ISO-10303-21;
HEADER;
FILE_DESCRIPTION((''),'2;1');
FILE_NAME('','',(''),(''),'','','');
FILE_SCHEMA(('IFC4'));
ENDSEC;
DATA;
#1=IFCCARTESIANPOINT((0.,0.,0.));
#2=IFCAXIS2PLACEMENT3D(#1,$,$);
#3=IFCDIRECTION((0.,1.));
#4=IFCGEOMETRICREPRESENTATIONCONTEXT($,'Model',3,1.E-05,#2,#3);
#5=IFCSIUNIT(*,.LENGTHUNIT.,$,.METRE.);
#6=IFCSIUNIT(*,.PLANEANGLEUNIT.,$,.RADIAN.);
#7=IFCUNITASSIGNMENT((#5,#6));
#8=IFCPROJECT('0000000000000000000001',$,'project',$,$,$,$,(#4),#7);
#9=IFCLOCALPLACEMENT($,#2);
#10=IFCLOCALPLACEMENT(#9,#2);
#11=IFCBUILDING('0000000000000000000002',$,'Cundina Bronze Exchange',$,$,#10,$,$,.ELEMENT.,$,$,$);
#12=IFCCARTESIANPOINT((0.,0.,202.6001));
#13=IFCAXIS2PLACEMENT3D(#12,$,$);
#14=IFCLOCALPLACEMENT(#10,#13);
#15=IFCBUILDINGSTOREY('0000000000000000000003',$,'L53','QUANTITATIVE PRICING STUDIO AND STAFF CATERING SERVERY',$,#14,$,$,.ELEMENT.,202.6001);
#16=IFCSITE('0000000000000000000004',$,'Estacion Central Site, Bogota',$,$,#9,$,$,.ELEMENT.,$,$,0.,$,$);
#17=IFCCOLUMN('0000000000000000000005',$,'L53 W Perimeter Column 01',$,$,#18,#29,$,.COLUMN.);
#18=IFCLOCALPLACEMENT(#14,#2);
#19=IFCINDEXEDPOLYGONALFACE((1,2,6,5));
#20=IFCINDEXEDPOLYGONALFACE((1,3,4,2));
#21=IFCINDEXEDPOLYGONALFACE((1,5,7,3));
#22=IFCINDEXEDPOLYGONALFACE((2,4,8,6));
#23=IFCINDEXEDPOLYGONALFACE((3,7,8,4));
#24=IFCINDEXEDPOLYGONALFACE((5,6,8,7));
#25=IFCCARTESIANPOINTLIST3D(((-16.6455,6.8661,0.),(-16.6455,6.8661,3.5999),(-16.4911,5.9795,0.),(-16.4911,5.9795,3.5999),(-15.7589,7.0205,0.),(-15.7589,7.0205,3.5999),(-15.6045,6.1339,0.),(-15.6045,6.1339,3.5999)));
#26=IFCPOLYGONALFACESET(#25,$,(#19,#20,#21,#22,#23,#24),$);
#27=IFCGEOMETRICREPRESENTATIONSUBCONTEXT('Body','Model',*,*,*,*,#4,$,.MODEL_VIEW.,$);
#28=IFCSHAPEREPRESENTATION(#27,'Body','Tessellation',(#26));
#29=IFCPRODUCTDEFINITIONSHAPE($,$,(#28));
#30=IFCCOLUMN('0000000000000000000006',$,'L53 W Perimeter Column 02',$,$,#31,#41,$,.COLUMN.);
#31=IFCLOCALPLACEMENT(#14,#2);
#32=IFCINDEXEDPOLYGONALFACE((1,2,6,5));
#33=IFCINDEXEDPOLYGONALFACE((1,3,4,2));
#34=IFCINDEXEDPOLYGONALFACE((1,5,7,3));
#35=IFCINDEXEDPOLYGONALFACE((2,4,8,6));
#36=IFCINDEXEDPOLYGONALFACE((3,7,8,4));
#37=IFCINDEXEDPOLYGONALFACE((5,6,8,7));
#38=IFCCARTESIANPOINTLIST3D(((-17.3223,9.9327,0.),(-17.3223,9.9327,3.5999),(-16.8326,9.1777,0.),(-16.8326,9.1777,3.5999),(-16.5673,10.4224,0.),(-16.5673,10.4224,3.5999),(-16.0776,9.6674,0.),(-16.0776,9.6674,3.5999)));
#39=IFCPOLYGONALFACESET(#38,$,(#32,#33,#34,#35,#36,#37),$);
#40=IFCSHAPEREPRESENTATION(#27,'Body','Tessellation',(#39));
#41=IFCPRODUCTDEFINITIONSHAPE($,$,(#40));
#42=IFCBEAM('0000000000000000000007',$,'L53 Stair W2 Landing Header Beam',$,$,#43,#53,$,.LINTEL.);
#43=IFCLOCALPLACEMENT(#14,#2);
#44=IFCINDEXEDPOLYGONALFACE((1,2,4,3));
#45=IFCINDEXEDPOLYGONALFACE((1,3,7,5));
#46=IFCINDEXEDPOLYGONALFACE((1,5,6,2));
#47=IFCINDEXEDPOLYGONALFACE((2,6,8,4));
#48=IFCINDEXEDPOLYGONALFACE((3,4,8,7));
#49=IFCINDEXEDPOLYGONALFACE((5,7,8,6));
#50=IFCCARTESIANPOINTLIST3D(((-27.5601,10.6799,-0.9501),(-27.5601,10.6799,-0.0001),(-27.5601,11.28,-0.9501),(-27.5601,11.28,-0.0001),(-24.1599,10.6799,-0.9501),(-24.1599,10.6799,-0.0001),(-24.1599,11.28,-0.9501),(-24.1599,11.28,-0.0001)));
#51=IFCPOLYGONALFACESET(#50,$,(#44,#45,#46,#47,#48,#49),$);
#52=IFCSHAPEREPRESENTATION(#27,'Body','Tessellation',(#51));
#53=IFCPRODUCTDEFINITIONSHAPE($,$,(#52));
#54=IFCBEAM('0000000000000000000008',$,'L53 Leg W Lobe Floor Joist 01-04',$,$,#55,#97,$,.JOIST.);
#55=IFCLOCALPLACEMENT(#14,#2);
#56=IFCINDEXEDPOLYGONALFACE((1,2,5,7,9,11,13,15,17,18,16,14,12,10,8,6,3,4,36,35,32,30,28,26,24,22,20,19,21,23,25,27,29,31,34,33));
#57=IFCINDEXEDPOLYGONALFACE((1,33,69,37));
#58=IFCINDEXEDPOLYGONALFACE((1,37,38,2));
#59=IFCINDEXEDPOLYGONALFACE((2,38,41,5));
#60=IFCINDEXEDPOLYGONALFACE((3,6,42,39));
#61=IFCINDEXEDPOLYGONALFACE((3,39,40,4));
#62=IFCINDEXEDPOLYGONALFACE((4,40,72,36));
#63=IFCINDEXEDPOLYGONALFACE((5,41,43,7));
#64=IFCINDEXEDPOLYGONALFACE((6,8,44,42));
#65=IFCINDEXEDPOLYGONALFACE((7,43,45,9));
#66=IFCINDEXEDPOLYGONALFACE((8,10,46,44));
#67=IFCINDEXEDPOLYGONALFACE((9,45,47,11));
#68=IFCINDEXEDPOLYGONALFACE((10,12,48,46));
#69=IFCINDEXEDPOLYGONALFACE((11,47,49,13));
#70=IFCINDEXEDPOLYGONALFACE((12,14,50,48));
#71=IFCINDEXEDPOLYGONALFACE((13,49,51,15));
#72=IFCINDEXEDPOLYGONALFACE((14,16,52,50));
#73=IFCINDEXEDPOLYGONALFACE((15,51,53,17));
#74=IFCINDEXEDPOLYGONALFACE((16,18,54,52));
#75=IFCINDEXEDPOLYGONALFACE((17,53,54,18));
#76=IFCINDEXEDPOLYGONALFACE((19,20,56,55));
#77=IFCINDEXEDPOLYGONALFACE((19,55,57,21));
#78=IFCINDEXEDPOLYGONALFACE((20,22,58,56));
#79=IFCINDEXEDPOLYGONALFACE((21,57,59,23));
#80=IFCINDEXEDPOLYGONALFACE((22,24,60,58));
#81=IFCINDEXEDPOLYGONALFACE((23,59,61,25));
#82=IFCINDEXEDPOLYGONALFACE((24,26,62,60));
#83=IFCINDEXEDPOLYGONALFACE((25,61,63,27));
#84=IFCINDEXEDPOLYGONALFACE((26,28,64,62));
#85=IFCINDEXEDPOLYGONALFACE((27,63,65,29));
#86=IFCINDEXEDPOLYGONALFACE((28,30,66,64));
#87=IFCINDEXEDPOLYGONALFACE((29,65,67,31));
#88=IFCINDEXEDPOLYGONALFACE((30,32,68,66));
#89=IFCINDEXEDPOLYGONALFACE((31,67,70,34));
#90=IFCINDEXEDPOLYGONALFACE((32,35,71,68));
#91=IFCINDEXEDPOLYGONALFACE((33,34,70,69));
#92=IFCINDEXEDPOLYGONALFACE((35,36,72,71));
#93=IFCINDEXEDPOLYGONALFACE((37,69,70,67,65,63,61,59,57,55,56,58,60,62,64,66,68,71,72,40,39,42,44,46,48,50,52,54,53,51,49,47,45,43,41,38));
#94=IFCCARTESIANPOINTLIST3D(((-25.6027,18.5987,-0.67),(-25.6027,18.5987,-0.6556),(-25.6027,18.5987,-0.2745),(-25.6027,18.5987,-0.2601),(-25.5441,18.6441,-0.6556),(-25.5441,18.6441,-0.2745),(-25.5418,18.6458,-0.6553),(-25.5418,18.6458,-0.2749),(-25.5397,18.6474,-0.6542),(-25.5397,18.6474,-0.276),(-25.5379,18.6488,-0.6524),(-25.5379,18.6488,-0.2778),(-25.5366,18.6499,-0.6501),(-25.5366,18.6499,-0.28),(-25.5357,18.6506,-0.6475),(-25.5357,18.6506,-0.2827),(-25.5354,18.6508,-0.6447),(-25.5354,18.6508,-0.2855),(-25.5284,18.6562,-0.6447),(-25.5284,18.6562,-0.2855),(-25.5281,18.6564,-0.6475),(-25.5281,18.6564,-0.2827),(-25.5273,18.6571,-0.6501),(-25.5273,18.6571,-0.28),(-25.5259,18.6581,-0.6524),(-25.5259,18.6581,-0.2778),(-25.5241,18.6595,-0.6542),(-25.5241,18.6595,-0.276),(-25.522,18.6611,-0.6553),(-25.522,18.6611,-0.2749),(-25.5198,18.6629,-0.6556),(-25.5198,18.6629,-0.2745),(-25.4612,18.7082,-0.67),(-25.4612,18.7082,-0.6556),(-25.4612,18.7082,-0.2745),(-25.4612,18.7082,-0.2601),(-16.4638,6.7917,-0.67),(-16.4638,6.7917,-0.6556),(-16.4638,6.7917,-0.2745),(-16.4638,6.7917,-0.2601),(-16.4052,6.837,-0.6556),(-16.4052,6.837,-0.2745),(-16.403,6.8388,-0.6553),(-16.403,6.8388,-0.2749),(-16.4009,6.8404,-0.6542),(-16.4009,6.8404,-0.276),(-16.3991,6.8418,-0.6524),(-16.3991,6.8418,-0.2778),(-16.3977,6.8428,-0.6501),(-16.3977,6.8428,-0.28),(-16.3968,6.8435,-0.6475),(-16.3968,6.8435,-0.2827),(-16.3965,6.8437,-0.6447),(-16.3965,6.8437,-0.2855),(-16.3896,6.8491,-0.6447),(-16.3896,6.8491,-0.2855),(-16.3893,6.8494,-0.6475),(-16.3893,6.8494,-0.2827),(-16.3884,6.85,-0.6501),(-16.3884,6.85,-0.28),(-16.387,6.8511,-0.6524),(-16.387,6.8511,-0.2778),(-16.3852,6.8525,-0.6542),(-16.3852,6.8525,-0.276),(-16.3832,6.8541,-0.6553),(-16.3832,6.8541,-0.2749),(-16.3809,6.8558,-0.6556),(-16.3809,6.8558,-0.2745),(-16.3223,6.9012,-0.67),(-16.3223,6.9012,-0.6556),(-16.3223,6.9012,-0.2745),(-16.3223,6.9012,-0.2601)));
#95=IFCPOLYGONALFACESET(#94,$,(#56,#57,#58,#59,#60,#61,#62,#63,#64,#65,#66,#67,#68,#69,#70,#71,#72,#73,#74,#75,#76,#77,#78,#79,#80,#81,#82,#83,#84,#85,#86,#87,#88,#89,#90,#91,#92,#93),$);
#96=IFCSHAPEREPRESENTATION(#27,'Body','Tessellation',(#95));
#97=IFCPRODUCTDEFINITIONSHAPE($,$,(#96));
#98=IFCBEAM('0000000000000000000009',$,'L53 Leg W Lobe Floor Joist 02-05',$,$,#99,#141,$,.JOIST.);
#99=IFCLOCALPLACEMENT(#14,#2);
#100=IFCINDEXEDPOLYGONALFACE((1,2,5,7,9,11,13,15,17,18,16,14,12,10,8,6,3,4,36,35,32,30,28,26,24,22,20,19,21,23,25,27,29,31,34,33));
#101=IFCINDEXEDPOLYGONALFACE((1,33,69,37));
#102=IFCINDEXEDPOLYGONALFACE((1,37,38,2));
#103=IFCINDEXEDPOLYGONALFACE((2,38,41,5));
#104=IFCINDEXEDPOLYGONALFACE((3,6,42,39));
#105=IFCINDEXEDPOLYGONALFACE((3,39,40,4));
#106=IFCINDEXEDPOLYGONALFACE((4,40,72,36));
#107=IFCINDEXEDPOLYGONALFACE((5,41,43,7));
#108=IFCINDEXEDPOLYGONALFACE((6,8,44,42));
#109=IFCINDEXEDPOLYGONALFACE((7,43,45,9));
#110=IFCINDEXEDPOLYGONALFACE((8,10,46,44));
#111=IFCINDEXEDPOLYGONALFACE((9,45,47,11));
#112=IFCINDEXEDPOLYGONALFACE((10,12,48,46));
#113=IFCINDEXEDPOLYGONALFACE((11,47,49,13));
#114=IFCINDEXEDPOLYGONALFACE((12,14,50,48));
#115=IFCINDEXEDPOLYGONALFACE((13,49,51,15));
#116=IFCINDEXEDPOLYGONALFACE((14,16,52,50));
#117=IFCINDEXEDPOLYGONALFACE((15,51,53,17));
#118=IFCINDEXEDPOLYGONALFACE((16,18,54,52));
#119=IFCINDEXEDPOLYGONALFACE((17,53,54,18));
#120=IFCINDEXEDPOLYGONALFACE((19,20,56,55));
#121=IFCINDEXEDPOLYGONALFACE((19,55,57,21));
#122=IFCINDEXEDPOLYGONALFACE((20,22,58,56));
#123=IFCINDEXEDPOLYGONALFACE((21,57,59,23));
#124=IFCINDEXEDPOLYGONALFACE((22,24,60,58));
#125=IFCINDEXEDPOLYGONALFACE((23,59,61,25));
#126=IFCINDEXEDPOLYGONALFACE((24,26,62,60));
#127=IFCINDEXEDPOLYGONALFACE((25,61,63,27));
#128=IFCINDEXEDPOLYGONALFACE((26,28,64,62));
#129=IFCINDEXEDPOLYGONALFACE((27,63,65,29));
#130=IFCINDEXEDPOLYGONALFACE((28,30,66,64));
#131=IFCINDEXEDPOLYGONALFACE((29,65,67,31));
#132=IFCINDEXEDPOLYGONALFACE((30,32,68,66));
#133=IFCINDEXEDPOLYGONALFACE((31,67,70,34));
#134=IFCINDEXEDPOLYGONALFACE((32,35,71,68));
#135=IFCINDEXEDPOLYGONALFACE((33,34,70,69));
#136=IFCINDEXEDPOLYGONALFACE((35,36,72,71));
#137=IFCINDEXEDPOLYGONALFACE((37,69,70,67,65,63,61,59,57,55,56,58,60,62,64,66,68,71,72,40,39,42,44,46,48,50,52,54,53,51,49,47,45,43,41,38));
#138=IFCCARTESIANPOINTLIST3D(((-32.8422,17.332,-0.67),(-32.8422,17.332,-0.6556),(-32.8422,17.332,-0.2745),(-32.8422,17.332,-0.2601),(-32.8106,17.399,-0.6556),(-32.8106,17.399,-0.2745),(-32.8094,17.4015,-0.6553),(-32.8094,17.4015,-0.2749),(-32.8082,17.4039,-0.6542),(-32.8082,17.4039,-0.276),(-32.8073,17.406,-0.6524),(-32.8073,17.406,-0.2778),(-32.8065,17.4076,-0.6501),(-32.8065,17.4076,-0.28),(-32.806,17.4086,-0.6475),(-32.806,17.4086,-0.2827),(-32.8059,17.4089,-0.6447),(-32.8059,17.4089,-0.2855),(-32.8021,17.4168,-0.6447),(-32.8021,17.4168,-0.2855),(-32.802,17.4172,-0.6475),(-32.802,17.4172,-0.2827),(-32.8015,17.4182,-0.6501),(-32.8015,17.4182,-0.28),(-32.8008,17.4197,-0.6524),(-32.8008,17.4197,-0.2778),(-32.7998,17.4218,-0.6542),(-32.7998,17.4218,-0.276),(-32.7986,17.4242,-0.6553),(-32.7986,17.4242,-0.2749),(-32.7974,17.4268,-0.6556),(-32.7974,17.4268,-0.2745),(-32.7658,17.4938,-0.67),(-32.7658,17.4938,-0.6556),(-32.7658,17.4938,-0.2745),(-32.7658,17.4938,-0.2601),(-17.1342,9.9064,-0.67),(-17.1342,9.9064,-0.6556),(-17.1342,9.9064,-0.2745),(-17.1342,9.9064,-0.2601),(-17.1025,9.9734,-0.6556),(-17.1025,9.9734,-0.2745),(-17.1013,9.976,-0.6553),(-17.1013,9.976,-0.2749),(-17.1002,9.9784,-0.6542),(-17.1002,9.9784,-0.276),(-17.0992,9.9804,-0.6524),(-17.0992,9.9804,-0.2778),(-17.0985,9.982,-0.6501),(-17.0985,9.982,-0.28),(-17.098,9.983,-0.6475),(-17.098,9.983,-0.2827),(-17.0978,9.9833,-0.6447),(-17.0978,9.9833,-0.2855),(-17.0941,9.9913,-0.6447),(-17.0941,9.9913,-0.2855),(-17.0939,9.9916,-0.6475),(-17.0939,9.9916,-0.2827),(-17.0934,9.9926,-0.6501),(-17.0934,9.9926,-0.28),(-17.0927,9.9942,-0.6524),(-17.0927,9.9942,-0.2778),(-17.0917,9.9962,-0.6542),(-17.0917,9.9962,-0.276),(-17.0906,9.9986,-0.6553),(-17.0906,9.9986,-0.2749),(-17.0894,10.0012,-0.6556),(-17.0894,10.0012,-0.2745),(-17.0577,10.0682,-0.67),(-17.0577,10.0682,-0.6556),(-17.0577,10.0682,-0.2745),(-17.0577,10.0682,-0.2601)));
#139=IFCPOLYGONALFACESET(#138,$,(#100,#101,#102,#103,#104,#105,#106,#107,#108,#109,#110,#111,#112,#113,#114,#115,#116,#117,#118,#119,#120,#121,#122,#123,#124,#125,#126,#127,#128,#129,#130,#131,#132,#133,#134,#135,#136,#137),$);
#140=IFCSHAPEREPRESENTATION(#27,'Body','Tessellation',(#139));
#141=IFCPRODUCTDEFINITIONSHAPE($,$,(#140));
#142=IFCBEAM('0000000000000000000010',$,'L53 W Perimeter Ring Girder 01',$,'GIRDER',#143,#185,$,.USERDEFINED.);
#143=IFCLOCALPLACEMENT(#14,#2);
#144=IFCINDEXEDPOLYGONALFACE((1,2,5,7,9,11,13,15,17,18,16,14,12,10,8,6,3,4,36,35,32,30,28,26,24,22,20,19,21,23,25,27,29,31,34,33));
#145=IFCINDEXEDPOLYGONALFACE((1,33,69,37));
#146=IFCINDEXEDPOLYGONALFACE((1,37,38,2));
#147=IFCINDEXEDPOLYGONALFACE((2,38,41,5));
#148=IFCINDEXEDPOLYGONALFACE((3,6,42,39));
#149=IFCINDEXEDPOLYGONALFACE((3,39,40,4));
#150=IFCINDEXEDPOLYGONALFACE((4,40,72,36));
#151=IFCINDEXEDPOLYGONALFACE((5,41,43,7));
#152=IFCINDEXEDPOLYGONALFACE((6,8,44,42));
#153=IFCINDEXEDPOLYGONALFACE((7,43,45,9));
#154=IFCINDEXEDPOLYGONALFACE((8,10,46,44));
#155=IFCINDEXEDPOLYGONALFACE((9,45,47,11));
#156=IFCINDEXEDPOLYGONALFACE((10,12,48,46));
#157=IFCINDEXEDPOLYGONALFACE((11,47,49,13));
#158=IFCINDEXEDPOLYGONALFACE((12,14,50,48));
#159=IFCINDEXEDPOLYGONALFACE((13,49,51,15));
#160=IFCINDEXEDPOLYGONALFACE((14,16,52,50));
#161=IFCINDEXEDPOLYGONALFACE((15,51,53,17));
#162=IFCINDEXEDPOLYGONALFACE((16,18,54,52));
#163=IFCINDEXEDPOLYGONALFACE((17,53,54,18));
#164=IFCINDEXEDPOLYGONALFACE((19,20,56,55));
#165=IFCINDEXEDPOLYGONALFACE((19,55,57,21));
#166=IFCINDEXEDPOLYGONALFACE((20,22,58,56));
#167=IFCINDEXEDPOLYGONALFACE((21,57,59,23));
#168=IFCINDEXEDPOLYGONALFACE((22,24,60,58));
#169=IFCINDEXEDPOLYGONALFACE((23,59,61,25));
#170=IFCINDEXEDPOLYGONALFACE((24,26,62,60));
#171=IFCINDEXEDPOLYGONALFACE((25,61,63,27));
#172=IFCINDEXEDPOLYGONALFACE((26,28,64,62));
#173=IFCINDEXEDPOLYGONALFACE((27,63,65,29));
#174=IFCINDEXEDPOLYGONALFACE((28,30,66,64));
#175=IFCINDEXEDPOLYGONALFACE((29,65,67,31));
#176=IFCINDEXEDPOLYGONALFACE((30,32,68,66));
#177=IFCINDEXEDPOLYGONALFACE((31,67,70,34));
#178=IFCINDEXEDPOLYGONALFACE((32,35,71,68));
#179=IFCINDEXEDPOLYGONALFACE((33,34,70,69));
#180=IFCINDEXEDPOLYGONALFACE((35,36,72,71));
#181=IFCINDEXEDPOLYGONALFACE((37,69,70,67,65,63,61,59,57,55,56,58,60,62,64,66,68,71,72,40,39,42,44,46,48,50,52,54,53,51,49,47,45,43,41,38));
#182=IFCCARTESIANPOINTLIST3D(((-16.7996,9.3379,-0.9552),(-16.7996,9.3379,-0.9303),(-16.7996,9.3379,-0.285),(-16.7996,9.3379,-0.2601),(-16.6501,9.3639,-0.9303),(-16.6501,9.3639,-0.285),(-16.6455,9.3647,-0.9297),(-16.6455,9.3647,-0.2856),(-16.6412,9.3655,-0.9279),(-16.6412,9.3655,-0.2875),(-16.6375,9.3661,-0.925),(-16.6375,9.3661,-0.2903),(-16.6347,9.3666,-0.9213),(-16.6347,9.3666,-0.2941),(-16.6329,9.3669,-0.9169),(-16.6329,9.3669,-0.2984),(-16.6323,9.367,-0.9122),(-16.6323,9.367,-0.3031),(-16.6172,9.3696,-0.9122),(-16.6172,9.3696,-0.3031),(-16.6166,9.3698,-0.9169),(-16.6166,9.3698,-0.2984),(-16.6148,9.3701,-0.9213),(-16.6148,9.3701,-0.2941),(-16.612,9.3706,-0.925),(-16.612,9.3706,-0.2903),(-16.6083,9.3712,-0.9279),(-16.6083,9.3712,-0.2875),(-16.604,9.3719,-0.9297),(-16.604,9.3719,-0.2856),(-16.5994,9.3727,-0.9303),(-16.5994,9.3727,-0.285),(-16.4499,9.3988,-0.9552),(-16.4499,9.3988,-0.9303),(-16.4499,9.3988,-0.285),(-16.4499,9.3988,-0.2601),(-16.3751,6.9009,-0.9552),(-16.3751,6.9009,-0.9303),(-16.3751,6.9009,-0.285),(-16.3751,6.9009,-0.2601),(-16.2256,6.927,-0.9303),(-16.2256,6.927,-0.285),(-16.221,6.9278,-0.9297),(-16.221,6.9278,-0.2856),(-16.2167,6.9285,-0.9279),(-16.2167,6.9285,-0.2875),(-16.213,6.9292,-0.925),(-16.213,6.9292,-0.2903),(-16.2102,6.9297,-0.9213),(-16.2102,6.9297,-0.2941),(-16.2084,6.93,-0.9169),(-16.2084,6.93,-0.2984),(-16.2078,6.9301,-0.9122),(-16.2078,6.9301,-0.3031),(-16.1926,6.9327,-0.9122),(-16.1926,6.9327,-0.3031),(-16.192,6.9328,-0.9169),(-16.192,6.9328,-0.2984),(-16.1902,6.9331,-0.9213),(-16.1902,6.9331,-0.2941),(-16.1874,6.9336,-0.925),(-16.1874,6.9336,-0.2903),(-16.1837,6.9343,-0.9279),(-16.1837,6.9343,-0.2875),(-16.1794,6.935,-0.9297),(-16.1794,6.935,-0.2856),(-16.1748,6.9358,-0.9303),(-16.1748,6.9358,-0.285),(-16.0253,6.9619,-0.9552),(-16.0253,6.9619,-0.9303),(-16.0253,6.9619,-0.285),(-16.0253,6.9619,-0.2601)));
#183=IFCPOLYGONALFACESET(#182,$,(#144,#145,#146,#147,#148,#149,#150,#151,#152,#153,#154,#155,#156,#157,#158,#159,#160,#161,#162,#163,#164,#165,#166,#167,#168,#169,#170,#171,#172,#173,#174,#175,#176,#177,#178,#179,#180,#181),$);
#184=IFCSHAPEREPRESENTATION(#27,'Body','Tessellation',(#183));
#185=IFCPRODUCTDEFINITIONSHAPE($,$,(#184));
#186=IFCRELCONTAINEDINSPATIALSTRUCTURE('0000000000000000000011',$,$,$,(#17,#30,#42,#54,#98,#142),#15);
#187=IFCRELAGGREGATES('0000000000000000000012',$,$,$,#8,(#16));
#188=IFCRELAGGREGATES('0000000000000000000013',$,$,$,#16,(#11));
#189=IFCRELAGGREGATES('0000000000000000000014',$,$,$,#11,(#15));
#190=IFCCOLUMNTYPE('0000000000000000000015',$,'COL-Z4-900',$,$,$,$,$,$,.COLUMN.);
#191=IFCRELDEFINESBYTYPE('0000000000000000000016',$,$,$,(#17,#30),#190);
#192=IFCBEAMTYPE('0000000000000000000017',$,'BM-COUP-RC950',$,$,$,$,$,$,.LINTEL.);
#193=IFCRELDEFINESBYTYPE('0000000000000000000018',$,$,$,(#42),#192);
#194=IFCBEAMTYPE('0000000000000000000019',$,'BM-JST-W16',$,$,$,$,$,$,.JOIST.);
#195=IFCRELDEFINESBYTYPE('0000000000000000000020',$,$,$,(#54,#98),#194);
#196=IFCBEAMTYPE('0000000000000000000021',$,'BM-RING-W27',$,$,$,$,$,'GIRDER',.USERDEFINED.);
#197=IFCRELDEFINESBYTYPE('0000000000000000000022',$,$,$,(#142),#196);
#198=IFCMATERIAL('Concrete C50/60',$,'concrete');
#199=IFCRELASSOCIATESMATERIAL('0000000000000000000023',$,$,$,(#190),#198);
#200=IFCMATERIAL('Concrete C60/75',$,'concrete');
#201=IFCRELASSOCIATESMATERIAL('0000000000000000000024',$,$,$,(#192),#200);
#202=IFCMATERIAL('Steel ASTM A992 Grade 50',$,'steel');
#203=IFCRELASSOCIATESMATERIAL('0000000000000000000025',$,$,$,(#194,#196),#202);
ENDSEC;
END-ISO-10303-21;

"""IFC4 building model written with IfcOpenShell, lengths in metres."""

from ifc_helpers import new_model, si_unit, direction, frame, origin, origin_2d, place, context, subcontext, project, spatial, rectangle, i_section, extrude, material, material_profile, profile_set, type_object, element, save


model = new_model("IFC4")

# Units and contexts
model_context = context("Model", 3, precision=1e-05, world=origin(), true_north=direction((0.0, 1.0)))
body_context = subcontext(model_context, "Body", "Model", "MODEL_VIEW")
ifc_project = project(units=[si_unit("LENGTHUNIT", "METRE"), si_unit("PLANEANGLEUNIT", "RADIAN")], contexts=[model_context])

# Site, building, storey
site_placement = place(None, origin())
site = spatial("IfcSite", under=ifc_project, at=site_placement, Name="Estacion Central Site, Bogota", CompositionType="ELEMENT", RefElevation=0.0)
building_placement = place(site_placement, origin())
building = spatial("IfcBuilding", under=site, at=building_placement, Name="Cundina Bronze Exchange", CompositionType="ELEMENT")
storey_placement = place(building_placement, frame((0.0, 0.0, 202.6001)))
storey = spatial("IfcBuildingStorey", under=building, at=storey_placement, Name="L53", Description="QUANTITATIVE PRICING STUDIO AND STAFF CATERING SERVERY", CompositionType="ELEMENT", Elevation=202.6001)

# Columns
ifc_material_1 = material(Name="Concrete C50/60", Category="concrete")
ifc_material_profile_1 = material_profile(ifc_material_1, rectangle(XDim=0.8999, YDim=0.8999, at=origin_2d()), Name="RC900X900", Category="concrete")
ifc_profile_set_1 = profile_set([ifc_material_profile_1], Name="Concrete C50/60")
column_type = type_object("IfcColumnType", Name="COL-Z4-900", PredefinedType="COLUMN", material=ifc_profile_set_1)
for number, where, z_axis, x_axis, name in (
    (1, (-16.125, 6.5, 0.0), (0.0, 0.0, 1.0), (-0.171585, 0.985169, 0.0), "L53 W Perimeter Column 01"),
    (2, (-16.7, 9.8, 0.0), (0.0, 0.0, 1.0), (-0.5442, 0.838956, 0.0), "L53 W Perimeter Column 02"),
):
    element("IfcColumn", number, at=place(storey_placement, frame(where, z_axis=z_axis, x_axis=x_axis)), inside=storey, type_object=column_type, Name=name, PredefinedType="COLUMN", context=body_context, shape_type="SweptSolid", body=[
        extrude(rectangle(XDim=0.8999, YDim=0.8999, at=origin_2d()), origin(), (0.0, 0.0, 1.0), 3.5999),
    ])

# Beams
ifc_material_2 = material(Name="Concrete C60/75", Category="concrete")
ifc_material_profile_2 = material_profile(ifc_material_2, rectangle(XDim=0.6001, YDim=0.95, at=origin_2d()), Name="RC600X950", Category="concrete")
ifc_profile_set_2 = profile_set([ifc_material_profile_2], Name="Concrete C60/75")
beam_type_1 = type_object("IfcBeamType", Name="BM-COUP-RC950", PredefinedType="LINTEL", material=ifc_profile_set_2)
beam_1_placement = place(storey_placement, frame((-27.5601, 10.98, -0.4751), z_axis=(1.0, 0.0, 0.0), x_axis=(0.0, 1.0, 0.0)))
element("IfcBeam", 3, at=beam_1_placement, inside=storey, type_object=beam_type_1, Name="L53 Stair W2 Landing Header Beam", PredefinedType="LINTEL", context=body_context, shape_type="SweptSolid", body=[
    extrude(rectangle(XDim=0.6001, YDim=0.95, at=origin_2d()), origin(), (0.0, 0.0, 1.0), 3.4001),
])
ifc_material_3 = material(Name="Steel ASTM A992 Grade 50", Category="steel")
ifc_material_profile_3 = material_profile(ifc_material_3, i_section(OverallWidth=0.179, OverallDepth=0.4099, WebThickness=0.0088, FlangeThickness=0.0144, FilletRadius=0.011, at=origin_2d()), Name="W16X45", Category="steel")
ifc_profile_set_3 = profile_set([ifc_material_profile_3], Name="Steel ASTM A992 Grade 50")
beam_type_2 = type_object("IfcBeamType", Name="BM-JST-W16", PredefinedType="JOIST", material=ifc_profile_set_3)
beam_2_placement = place(storey_placement, frame((-16.3931, 6.8464, -0.4651), z_axis=(-0.612086, 0.790791, 0.0), x_axis=(-0.790791, -0.612086, 0.0)))
element("IfcBeam", 4, at=beam_2_placement, inside=storey, type_object=beam_type_2, Name="L53 Leg W Lobe Floor Joist 01-04", PredefinedType="JOIST", context=body_context, shape_type="SweptSolid", body=[
    extrude(i_section(OverallWidth=0.179, OverallDepth=0.4099, WebThickness=0.0088, FlangeThickness=0.0144, FilletRadius=0.011, at=origin_2d()), origin(), (0.0, 0.0, 1.0), 14.9307),
])
beam_3_placement = place(storey_placement, frame((-17.0959, 9.9873, -0.4651), z_axis=(-0.904074, 0.427376, 0.0), x_axis=(-0.427376, -0.904074, 0.0)))
element("IfcBeam", 5, at=beam_3_placement, inside=storey, type_object=beam_type_2, Name="L53 Leg W Lobe Floor Joist 02-05", PredefinedType="JOIST", context=body_context, shape_type="SweptSolid", body=[
    extrude(i_section(OverallWidth=0.179, OverallDepth=0.4099, WebThickness=0.0088, FlangeThickness=0.0144, FilletRadius=0.011, at=origin_2d()), origin(), (0.0, 0.0, 1.0), 17.3748),
])
ifc_material_profile_4 = material_profile(ifc_material_3, i_section(OverallWidth=0.355, OverallDepth=0.6951, WebThickness=0.0154, FlangeThickness=0.0249, FilletRadius=0.0181, at=origin_2d()), Name="W27X146", Category="steel")
ifc_profile_set_4 = profile_set([ifc_material_profile_4], Name="Steel ASTM A992 Grade 50")
beam_type_3 = type_object("IfcBeamType", Name="BM-RING-W27", ElementType="GIRDER", PredefinedType="USERDEFINED", material=ifc_profile_set_4)
beam_4_placement = place(storey_placement, frame((-16.2002, 6.9314, -0.6077), z_axis=(-0.171629, 0.985162, 0.0), x_axis=(-0.985162, -0.171629, 0.0)))
element("IfcBeam", 6, at=beam_4_placement, inside=storey, type_object=beam_type_3, Name="L53 W Perimeter Ring Girder 01", ObjectType="GIRDER", PredefinedType="USERDEFINED", context=body_context, shape_type="SweptSolid", body=[
    extrude(i_section(OverallWidth=0.355, OverallDepth=0.6951, WebThickness=0.0154, FlangeThickness=0.0249, FilletRadius=0.0181, at=origin_2d()), origin(), (0.0, 0.0, 1.0), 2.4736),
])

save(model, "model.ifc")
